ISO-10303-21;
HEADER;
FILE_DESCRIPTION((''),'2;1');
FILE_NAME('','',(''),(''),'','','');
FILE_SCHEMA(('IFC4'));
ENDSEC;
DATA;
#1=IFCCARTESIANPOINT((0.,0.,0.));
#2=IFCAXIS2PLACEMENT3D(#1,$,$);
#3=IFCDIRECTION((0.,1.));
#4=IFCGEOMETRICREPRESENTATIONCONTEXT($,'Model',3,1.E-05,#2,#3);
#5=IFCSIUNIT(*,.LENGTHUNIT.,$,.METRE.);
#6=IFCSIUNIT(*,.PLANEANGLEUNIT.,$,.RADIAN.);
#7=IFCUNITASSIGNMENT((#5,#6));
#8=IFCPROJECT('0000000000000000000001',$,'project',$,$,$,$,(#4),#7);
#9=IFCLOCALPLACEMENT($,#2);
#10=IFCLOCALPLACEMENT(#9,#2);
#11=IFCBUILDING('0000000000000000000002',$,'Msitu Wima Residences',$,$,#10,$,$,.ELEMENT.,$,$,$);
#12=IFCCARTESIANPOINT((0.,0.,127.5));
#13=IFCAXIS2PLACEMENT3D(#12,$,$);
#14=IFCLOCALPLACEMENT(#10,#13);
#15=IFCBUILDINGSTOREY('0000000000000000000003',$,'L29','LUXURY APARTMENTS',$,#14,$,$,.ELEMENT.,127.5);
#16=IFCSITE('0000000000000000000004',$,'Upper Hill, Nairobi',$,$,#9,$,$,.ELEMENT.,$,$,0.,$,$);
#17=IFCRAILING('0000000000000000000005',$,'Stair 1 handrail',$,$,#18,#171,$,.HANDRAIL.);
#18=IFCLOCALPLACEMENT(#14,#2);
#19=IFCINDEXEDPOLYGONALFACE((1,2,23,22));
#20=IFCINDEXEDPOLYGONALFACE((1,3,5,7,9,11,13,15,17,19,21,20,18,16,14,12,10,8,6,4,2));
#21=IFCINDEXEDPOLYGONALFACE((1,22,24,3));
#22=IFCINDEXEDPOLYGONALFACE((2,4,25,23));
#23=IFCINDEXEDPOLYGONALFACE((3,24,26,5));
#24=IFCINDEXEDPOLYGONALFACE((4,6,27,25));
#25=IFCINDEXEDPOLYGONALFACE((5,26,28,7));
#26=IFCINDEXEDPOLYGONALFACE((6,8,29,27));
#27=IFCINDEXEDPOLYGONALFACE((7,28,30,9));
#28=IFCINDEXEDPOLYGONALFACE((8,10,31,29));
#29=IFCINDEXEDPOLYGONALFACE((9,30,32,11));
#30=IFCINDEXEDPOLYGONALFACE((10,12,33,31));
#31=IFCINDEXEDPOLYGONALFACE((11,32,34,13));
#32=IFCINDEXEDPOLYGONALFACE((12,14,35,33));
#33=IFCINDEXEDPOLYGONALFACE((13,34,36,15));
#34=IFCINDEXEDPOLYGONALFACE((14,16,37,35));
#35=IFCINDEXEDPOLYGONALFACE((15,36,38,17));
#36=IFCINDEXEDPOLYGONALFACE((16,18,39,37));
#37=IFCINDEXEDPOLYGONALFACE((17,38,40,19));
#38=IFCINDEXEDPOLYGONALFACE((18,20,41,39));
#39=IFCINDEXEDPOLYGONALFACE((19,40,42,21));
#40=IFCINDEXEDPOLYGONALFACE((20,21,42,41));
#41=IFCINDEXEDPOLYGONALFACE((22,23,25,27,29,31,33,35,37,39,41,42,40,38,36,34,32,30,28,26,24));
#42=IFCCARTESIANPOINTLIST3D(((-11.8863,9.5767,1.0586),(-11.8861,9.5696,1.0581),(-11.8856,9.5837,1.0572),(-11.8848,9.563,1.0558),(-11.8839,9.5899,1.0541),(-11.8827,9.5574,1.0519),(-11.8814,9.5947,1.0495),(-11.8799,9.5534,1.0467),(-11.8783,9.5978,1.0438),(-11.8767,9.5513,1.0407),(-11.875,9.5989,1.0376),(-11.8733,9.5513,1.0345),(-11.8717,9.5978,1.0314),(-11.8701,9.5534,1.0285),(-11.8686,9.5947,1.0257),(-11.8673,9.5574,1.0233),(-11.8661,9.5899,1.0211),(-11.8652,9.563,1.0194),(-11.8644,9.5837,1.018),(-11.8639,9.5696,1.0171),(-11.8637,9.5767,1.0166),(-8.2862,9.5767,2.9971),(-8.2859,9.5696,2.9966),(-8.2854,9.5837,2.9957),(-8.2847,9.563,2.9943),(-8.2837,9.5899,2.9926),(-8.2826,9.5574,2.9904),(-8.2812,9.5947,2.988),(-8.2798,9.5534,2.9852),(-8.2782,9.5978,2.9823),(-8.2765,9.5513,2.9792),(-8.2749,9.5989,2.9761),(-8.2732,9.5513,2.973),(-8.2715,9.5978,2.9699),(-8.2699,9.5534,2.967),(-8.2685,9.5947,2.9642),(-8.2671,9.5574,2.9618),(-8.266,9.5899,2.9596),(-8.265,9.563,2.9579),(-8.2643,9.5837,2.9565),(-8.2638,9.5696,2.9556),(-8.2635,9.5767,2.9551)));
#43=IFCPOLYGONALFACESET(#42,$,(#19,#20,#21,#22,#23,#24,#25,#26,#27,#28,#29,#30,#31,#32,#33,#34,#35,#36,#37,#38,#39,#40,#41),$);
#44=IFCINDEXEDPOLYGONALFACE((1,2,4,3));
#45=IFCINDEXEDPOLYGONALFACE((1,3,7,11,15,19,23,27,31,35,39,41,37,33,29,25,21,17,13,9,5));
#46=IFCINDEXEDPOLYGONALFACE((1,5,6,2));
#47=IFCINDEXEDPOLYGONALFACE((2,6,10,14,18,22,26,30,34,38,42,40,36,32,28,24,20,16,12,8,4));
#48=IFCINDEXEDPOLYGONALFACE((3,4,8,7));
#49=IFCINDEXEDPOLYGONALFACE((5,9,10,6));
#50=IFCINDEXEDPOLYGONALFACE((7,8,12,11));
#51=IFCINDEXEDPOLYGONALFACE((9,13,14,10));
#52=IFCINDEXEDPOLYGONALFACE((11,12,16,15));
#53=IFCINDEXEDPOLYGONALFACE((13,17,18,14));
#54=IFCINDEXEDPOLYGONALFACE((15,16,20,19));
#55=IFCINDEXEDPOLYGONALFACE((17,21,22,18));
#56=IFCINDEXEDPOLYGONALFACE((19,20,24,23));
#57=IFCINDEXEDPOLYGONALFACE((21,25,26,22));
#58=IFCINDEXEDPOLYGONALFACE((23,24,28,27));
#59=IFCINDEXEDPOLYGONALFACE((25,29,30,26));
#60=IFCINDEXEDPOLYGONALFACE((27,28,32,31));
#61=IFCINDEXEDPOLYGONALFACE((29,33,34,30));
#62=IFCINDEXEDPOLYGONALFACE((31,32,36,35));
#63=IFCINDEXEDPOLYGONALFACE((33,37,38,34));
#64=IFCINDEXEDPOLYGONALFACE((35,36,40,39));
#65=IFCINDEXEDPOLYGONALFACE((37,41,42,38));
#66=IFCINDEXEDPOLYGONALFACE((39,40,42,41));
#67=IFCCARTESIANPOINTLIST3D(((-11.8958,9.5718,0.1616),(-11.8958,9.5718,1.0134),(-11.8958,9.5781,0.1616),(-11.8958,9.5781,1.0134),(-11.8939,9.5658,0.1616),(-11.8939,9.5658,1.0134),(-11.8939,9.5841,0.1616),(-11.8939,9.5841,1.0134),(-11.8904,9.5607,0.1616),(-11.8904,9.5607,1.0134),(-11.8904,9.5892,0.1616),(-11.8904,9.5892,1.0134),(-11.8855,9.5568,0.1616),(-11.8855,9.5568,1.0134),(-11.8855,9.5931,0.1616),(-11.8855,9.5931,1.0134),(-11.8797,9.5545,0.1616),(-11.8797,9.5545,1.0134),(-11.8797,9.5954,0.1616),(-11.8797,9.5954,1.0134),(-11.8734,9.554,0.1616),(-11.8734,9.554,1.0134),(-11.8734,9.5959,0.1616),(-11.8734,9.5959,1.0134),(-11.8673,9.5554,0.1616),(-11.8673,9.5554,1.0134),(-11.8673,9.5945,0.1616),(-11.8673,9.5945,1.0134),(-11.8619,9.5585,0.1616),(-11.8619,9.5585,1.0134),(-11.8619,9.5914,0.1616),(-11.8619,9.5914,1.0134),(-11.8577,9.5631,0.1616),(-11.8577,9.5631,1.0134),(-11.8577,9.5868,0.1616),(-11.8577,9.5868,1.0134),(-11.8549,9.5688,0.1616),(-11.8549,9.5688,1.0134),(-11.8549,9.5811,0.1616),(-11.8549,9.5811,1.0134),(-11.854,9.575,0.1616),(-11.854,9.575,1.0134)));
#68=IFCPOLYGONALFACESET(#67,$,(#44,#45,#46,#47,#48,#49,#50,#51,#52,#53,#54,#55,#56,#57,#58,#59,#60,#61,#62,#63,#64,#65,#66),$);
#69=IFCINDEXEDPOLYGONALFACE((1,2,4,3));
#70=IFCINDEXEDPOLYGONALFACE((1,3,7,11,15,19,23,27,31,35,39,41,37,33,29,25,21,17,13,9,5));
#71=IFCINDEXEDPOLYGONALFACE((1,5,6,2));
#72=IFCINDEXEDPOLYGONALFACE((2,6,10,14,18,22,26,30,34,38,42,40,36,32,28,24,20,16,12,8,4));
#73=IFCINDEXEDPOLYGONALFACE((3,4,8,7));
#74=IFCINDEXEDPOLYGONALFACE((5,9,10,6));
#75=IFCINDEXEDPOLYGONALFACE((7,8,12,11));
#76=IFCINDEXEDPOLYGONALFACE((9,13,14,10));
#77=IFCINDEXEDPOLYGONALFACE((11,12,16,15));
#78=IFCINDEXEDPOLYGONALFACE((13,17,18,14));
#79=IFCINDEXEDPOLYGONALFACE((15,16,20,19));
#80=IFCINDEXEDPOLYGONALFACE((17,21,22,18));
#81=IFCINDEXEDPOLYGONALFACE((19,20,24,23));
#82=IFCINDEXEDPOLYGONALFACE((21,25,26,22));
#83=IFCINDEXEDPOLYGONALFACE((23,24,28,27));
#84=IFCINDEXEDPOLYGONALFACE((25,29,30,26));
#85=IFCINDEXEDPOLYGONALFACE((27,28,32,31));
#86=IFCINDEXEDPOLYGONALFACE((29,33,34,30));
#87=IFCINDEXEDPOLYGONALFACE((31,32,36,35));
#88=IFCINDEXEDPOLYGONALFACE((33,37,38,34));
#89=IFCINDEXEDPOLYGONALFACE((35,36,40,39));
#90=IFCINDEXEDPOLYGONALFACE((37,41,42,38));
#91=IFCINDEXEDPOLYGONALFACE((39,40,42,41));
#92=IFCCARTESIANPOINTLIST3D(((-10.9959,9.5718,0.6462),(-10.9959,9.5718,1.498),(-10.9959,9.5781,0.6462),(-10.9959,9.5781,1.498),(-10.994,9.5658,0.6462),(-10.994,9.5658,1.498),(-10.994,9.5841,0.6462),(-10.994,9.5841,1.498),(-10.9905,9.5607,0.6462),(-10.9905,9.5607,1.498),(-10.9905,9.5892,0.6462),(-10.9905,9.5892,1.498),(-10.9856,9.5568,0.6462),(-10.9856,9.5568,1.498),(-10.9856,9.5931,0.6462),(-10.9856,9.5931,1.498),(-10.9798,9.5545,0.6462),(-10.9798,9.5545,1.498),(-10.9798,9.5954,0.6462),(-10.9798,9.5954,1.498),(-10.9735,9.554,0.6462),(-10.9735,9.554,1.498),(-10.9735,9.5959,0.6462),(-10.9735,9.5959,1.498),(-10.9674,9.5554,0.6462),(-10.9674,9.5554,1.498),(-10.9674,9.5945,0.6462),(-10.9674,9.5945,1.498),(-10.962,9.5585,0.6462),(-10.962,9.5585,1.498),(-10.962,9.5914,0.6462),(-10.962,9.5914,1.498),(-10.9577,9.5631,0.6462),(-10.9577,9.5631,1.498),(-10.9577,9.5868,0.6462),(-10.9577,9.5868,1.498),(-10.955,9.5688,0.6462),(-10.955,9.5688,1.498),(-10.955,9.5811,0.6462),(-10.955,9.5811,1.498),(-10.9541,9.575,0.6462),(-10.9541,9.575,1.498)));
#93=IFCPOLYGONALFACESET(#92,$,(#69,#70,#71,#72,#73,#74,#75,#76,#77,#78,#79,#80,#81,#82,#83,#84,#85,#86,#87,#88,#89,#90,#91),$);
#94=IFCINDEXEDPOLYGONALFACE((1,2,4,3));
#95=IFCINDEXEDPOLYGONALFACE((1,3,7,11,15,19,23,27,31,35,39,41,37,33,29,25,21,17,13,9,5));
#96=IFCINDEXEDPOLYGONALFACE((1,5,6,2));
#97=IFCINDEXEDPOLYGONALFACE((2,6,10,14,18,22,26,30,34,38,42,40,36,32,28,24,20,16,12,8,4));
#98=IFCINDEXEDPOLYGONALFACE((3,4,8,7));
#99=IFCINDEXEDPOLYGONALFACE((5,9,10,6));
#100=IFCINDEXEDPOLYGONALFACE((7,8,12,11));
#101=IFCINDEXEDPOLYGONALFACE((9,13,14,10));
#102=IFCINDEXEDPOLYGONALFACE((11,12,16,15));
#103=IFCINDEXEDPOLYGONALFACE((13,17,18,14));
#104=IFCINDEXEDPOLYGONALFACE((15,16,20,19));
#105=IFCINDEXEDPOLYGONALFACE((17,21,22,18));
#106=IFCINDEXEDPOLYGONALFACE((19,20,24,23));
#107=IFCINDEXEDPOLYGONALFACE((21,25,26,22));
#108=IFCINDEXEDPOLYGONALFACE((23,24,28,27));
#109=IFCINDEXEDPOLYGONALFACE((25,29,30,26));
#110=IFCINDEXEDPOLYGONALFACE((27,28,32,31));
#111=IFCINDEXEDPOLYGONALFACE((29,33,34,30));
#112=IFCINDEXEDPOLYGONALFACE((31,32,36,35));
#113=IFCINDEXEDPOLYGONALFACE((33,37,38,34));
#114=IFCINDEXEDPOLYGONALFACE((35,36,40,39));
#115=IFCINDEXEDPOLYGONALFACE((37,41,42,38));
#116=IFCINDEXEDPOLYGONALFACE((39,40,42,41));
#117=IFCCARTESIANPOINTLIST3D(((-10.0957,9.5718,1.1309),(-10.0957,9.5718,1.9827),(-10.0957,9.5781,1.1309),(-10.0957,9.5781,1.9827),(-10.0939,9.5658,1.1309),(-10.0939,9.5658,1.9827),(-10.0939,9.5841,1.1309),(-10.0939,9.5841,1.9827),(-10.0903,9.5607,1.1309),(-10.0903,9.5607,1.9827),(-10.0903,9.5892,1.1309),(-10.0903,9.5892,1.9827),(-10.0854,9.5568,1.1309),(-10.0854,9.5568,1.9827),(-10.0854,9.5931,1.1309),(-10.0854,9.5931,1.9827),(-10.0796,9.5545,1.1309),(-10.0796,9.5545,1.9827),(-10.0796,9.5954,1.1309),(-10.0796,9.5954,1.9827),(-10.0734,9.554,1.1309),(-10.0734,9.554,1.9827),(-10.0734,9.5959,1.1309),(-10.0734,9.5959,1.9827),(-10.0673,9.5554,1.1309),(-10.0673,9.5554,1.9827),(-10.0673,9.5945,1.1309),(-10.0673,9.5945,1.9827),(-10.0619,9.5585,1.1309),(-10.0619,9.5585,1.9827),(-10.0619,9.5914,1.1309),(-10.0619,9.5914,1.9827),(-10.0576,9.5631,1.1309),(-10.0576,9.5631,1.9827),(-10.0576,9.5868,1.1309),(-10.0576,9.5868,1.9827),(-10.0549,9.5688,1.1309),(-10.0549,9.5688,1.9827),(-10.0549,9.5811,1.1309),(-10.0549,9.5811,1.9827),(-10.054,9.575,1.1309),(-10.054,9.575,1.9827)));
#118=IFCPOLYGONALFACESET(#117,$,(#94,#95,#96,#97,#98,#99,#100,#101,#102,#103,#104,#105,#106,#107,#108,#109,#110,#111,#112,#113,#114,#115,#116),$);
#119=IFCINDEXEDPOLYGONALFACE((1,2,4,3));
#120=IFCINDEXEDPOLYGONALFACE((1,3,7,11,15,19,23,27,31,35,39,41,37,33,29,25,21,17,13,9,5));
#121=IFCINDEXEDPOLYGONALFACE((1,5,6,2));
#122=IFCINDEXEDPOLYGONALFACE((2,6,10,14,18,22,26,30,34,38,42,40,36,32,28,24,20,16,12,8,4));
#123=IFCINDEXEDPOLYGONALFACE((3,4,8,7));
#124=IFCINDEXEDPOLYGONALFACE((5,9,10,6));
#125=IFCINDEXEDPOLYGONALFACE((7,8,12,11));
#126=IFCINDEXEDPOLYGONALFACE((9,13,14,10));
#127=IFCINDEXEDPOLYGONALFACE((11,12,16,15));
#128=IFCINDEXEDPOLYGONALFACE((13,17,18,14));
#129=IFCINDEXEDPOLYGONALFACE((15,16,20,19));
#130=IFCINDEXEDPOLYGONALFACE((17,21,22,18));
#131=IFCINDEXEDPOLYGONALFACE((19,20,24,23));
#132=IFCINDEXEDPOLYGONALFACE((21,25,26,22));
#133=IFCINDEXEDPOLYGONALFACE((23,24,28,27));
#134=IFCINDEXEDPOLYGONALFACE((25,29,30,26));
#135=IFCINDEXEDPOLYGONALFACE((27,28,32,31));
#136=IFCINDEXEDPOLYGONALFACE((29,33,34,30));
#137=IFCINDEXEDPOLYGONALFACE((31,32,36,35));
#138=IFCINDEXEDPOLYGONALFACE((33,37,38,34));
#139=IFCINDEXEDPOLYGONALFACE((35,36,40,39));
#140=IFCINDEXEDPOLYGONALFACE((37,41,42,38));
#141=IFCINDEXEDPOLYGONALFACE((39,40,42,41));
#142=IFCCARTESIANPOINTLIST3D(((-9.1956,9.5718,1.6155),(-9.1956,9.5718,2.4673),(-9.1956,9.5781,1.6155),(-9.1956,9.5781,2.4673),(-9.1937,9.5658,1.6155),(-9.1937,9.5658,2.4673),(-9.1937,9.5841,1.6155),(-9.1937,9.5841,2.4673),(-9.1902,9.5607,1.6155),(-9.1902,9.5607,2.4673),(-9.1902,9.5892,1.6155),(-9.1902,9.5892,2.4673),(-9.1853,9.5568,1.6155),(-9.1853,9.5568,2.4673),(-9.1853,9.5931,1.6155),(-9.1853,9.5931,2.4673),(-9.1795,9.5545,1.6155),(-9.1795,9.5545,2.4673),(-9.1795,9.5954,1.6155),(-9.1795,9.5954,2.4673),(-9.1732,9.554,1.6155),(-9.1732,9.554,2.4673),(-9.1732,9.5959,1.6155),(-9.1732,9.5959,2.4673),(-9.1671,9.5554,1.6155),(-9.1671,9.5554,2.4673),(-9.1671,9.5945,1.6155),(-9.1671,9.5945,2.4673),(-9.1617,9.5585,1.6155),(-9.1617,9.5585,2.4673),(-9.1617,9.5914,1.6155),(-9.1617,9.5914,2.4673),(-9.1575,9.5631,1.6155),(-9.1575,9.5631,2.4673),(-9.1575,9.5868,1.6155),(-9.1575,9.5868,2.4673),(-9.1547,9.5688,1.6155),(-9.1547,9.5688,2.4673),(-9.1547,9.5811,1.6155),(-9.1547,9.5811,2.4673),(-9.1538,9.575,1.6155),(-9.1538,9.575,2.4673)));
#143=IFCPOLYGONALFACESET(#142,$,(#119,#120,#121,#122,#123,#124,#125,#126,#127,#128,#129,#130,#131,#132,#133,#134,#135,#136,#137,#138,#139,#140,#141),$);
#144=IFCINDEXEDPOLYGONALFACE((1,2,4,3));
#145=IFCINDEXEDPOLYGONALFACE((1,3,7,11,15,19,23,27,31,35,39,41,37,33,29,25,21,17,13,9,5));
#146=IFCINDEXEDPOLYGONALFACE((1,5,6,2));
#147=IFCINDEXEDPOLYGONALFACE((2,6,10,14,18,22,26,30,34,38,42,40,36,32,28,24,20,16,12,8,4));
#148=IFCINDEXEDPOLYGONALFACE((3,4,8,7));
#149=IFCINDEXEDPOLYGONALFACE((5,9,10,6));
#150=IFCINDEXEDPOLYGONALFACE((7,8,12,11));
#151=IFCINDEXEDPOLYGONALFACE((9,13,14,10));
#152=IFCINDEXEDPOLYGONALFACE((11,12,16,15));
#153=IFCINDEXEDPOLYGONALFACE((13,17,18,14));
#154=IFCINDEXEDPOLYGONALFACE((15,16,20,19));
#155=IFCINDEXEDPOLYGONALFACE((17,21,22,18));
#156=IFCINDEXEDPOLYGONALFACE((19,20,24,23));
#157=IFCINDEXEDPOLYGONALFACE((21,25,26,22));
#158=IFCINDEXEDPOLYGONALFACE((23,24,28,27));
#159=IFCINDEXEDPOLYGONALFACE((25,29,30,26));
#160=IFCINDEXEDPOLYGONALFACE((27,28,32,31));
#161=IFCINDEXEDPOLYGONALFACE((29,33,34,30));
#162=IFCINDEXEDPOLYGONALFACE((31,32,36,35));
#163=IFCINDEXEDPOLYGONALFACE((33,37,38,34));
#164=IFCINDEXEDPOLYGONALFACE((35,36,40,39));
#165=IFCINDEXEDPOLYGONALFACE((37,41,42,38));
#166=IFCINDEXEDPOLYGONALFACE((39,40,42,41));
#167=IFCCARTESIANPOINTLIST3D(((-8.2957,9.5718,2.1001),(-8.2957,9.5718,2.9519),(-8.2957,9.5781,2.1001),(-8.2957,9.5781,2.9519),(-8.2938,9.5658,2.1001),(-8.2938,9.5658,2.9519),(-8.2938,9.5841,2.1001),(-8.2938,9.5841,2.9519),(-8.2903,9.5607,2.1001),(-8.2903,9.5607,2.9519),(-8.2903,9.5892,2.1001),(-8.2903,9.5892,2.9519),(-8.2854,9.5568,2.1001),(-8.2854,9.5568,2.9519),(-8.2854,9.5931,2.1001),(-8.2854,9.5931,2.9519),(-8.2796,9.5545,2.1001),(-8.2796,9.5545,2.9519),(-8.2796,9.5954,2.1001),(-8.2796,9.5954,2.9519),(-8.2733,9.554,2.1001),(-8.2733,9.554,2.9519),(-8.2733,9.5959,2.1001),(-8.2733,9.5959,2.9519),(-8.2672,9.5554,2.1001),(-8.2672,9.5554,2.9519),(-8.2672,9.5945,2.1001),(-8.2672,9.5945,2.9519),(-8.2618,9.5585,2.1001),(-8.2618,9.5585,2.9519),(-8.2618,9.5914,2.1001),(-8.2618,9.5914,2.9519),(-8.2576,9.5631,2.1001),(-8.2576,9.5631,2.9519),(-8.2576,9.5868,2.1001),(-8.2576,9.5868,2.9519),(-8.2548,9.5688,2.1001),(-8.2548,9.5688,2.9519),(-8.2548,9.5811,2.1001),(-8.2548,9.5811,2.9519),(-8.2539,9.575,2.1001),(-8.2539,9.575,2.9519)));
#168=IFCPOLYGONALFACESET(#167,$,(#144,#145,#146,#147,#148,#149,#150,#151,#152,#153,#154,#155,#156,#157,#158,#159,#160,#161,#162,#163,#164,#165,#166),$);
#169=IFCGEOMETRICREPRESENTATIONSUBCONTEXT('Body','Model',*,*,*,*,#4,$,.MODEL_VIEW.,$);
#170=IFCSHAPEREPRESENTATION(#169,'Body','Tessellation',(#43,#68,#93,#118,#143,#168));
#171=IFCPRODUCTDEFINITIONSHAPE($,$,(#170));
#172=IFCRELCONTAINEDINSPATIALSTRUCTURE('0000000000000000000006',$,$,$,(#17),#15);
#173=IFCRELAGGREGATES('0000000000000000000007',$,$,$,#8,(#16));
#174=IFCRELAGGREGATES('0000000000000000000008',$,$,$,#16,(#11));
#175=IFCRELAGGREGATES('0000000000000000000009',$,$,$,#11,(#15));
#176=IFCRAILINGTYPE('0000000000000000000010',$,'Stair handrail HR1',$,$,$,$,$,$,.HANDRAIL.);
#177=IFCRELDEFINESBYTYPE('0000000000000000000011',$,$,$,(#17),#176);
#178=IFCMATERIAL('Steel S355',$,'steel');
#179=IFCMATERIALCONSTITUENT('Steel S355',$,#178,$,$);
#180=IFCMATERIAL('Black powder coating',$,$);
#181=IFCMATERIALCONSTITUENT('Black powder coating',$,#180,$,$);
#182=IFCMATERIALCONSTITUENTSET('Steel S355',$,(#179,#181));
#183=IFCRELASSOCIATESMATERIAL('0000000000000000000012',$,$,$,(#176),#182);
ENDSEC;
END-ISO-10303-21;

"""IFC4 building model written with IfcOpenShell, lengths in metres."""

from ifc_helpers import new_model, si_unit, direction, frame, origin, origin_2d, place, context, subcontext, project, spatial, circle, extrude, material, constituent, constituent_set, type_object, element, save


model = new_model("IFC4")

# Units and contexts
model_context = context("Model", 3, precision=1e-05, world=origin(), true_north=direction((0.0, 1.0)))
body_context = subcontext(model_context, "Body", "Model", "MODEL_VIEW")
ifc_project = project(units=[si_unit("LENGTHUNIT", "METRE"), si_unit("PLANEANGLEUNIT", "RADIAN")], contexts=[model_context])

# Site, building, storey
site_placement = place(None, origin())
site = spatial("IfcSite", under=ifc_project, at=site_placement, Name="Upper Hill, Nairobi", CompositionType="ELEMENT", RefElevation=0.0)
building_placement = place(site_placement, origin())
building = spatial("IfcBuilding", under=site, at=building_placement, Name="Msitu Wima Residences", CompositionType="ELEMENT")
storey_placement = place(building_placement, frame((0.0, 0.0, 127.5)))
storey = spatial("IfcBuildingStorey", under=building, at=storey_placement, Name="L29", Description="LUXURY APARTMENTS", CompositionType="ELEMENT", Elevation=127.5)

# Railing
ifc_material_1 = material(Name="Steel S355", Category="steel")
ifc_constituent_1 = constituent(ifc_material_1, Name="Steel S355")
ifc_material_2 = material(Name="Black powder coating")
ifc_constituent_2 = constituent(ifc_material_2, Name="Black powder coating")
ifc_constituent_set = constituent_set(constituents=[ifc_constituent_1, ifc_constituent_2], Name="Steel S355")
railing_type = type_object("IfcRailingType", Name="Stair handrail HR1", PredefinedType="HANDRAIL", material=ifc_constituent_set)
for number, where, name in (
    (1, (-11.875, 9.575, 0.1616), "Stair 1 handrail"),
):
    element("IfcRailing", number, at=place(storey_placement, frame(where)), inside=storey, type_object=railing_type, Name=name, PredefinedType="HANDRAIL", context=body_context, shape_type="SweptSolid", body=[
        extrude(circle(Radius=0.0239, at=origin_2d()), frame((0.0, 0.0, 0.876), z_axis=(0.880475, 0.0, 0.474093), x_axis=(0.0, 1.0, 0.0)), (0.0, 0.0, 1.0), 4.0889),
        extrude(circle(Radius=0.021, at=origin_2d()), origin(), (0.0, 0.0, 1.0), 0.8518),
        extrude(circle(Radius=0.021, at=origin_2d()), frame((0.8999, 0.0, 0.4846)), (0.0, 0.0, 1.0), 0.8518),
        extrude(circle(Radius=0.021, at=origin_2d()), frame((1.8, 0.0, 0.9692)), (0.0, 0.0, 1.0), 0.8518),
        extrude(circle(Radius=0.021, at=origin_2d()), frame((2.7002, 0.0, 1.4539)), (0.0, 0.0, 1.0), 0.8518),
        extrude(circle(Radius=0.021, at=origin_2d()), frame((3.6001, 0.0, 1.9385)), (0.0, 0.0, 1.0), 0.8518),
    ])

save(model, "model.ifc")
